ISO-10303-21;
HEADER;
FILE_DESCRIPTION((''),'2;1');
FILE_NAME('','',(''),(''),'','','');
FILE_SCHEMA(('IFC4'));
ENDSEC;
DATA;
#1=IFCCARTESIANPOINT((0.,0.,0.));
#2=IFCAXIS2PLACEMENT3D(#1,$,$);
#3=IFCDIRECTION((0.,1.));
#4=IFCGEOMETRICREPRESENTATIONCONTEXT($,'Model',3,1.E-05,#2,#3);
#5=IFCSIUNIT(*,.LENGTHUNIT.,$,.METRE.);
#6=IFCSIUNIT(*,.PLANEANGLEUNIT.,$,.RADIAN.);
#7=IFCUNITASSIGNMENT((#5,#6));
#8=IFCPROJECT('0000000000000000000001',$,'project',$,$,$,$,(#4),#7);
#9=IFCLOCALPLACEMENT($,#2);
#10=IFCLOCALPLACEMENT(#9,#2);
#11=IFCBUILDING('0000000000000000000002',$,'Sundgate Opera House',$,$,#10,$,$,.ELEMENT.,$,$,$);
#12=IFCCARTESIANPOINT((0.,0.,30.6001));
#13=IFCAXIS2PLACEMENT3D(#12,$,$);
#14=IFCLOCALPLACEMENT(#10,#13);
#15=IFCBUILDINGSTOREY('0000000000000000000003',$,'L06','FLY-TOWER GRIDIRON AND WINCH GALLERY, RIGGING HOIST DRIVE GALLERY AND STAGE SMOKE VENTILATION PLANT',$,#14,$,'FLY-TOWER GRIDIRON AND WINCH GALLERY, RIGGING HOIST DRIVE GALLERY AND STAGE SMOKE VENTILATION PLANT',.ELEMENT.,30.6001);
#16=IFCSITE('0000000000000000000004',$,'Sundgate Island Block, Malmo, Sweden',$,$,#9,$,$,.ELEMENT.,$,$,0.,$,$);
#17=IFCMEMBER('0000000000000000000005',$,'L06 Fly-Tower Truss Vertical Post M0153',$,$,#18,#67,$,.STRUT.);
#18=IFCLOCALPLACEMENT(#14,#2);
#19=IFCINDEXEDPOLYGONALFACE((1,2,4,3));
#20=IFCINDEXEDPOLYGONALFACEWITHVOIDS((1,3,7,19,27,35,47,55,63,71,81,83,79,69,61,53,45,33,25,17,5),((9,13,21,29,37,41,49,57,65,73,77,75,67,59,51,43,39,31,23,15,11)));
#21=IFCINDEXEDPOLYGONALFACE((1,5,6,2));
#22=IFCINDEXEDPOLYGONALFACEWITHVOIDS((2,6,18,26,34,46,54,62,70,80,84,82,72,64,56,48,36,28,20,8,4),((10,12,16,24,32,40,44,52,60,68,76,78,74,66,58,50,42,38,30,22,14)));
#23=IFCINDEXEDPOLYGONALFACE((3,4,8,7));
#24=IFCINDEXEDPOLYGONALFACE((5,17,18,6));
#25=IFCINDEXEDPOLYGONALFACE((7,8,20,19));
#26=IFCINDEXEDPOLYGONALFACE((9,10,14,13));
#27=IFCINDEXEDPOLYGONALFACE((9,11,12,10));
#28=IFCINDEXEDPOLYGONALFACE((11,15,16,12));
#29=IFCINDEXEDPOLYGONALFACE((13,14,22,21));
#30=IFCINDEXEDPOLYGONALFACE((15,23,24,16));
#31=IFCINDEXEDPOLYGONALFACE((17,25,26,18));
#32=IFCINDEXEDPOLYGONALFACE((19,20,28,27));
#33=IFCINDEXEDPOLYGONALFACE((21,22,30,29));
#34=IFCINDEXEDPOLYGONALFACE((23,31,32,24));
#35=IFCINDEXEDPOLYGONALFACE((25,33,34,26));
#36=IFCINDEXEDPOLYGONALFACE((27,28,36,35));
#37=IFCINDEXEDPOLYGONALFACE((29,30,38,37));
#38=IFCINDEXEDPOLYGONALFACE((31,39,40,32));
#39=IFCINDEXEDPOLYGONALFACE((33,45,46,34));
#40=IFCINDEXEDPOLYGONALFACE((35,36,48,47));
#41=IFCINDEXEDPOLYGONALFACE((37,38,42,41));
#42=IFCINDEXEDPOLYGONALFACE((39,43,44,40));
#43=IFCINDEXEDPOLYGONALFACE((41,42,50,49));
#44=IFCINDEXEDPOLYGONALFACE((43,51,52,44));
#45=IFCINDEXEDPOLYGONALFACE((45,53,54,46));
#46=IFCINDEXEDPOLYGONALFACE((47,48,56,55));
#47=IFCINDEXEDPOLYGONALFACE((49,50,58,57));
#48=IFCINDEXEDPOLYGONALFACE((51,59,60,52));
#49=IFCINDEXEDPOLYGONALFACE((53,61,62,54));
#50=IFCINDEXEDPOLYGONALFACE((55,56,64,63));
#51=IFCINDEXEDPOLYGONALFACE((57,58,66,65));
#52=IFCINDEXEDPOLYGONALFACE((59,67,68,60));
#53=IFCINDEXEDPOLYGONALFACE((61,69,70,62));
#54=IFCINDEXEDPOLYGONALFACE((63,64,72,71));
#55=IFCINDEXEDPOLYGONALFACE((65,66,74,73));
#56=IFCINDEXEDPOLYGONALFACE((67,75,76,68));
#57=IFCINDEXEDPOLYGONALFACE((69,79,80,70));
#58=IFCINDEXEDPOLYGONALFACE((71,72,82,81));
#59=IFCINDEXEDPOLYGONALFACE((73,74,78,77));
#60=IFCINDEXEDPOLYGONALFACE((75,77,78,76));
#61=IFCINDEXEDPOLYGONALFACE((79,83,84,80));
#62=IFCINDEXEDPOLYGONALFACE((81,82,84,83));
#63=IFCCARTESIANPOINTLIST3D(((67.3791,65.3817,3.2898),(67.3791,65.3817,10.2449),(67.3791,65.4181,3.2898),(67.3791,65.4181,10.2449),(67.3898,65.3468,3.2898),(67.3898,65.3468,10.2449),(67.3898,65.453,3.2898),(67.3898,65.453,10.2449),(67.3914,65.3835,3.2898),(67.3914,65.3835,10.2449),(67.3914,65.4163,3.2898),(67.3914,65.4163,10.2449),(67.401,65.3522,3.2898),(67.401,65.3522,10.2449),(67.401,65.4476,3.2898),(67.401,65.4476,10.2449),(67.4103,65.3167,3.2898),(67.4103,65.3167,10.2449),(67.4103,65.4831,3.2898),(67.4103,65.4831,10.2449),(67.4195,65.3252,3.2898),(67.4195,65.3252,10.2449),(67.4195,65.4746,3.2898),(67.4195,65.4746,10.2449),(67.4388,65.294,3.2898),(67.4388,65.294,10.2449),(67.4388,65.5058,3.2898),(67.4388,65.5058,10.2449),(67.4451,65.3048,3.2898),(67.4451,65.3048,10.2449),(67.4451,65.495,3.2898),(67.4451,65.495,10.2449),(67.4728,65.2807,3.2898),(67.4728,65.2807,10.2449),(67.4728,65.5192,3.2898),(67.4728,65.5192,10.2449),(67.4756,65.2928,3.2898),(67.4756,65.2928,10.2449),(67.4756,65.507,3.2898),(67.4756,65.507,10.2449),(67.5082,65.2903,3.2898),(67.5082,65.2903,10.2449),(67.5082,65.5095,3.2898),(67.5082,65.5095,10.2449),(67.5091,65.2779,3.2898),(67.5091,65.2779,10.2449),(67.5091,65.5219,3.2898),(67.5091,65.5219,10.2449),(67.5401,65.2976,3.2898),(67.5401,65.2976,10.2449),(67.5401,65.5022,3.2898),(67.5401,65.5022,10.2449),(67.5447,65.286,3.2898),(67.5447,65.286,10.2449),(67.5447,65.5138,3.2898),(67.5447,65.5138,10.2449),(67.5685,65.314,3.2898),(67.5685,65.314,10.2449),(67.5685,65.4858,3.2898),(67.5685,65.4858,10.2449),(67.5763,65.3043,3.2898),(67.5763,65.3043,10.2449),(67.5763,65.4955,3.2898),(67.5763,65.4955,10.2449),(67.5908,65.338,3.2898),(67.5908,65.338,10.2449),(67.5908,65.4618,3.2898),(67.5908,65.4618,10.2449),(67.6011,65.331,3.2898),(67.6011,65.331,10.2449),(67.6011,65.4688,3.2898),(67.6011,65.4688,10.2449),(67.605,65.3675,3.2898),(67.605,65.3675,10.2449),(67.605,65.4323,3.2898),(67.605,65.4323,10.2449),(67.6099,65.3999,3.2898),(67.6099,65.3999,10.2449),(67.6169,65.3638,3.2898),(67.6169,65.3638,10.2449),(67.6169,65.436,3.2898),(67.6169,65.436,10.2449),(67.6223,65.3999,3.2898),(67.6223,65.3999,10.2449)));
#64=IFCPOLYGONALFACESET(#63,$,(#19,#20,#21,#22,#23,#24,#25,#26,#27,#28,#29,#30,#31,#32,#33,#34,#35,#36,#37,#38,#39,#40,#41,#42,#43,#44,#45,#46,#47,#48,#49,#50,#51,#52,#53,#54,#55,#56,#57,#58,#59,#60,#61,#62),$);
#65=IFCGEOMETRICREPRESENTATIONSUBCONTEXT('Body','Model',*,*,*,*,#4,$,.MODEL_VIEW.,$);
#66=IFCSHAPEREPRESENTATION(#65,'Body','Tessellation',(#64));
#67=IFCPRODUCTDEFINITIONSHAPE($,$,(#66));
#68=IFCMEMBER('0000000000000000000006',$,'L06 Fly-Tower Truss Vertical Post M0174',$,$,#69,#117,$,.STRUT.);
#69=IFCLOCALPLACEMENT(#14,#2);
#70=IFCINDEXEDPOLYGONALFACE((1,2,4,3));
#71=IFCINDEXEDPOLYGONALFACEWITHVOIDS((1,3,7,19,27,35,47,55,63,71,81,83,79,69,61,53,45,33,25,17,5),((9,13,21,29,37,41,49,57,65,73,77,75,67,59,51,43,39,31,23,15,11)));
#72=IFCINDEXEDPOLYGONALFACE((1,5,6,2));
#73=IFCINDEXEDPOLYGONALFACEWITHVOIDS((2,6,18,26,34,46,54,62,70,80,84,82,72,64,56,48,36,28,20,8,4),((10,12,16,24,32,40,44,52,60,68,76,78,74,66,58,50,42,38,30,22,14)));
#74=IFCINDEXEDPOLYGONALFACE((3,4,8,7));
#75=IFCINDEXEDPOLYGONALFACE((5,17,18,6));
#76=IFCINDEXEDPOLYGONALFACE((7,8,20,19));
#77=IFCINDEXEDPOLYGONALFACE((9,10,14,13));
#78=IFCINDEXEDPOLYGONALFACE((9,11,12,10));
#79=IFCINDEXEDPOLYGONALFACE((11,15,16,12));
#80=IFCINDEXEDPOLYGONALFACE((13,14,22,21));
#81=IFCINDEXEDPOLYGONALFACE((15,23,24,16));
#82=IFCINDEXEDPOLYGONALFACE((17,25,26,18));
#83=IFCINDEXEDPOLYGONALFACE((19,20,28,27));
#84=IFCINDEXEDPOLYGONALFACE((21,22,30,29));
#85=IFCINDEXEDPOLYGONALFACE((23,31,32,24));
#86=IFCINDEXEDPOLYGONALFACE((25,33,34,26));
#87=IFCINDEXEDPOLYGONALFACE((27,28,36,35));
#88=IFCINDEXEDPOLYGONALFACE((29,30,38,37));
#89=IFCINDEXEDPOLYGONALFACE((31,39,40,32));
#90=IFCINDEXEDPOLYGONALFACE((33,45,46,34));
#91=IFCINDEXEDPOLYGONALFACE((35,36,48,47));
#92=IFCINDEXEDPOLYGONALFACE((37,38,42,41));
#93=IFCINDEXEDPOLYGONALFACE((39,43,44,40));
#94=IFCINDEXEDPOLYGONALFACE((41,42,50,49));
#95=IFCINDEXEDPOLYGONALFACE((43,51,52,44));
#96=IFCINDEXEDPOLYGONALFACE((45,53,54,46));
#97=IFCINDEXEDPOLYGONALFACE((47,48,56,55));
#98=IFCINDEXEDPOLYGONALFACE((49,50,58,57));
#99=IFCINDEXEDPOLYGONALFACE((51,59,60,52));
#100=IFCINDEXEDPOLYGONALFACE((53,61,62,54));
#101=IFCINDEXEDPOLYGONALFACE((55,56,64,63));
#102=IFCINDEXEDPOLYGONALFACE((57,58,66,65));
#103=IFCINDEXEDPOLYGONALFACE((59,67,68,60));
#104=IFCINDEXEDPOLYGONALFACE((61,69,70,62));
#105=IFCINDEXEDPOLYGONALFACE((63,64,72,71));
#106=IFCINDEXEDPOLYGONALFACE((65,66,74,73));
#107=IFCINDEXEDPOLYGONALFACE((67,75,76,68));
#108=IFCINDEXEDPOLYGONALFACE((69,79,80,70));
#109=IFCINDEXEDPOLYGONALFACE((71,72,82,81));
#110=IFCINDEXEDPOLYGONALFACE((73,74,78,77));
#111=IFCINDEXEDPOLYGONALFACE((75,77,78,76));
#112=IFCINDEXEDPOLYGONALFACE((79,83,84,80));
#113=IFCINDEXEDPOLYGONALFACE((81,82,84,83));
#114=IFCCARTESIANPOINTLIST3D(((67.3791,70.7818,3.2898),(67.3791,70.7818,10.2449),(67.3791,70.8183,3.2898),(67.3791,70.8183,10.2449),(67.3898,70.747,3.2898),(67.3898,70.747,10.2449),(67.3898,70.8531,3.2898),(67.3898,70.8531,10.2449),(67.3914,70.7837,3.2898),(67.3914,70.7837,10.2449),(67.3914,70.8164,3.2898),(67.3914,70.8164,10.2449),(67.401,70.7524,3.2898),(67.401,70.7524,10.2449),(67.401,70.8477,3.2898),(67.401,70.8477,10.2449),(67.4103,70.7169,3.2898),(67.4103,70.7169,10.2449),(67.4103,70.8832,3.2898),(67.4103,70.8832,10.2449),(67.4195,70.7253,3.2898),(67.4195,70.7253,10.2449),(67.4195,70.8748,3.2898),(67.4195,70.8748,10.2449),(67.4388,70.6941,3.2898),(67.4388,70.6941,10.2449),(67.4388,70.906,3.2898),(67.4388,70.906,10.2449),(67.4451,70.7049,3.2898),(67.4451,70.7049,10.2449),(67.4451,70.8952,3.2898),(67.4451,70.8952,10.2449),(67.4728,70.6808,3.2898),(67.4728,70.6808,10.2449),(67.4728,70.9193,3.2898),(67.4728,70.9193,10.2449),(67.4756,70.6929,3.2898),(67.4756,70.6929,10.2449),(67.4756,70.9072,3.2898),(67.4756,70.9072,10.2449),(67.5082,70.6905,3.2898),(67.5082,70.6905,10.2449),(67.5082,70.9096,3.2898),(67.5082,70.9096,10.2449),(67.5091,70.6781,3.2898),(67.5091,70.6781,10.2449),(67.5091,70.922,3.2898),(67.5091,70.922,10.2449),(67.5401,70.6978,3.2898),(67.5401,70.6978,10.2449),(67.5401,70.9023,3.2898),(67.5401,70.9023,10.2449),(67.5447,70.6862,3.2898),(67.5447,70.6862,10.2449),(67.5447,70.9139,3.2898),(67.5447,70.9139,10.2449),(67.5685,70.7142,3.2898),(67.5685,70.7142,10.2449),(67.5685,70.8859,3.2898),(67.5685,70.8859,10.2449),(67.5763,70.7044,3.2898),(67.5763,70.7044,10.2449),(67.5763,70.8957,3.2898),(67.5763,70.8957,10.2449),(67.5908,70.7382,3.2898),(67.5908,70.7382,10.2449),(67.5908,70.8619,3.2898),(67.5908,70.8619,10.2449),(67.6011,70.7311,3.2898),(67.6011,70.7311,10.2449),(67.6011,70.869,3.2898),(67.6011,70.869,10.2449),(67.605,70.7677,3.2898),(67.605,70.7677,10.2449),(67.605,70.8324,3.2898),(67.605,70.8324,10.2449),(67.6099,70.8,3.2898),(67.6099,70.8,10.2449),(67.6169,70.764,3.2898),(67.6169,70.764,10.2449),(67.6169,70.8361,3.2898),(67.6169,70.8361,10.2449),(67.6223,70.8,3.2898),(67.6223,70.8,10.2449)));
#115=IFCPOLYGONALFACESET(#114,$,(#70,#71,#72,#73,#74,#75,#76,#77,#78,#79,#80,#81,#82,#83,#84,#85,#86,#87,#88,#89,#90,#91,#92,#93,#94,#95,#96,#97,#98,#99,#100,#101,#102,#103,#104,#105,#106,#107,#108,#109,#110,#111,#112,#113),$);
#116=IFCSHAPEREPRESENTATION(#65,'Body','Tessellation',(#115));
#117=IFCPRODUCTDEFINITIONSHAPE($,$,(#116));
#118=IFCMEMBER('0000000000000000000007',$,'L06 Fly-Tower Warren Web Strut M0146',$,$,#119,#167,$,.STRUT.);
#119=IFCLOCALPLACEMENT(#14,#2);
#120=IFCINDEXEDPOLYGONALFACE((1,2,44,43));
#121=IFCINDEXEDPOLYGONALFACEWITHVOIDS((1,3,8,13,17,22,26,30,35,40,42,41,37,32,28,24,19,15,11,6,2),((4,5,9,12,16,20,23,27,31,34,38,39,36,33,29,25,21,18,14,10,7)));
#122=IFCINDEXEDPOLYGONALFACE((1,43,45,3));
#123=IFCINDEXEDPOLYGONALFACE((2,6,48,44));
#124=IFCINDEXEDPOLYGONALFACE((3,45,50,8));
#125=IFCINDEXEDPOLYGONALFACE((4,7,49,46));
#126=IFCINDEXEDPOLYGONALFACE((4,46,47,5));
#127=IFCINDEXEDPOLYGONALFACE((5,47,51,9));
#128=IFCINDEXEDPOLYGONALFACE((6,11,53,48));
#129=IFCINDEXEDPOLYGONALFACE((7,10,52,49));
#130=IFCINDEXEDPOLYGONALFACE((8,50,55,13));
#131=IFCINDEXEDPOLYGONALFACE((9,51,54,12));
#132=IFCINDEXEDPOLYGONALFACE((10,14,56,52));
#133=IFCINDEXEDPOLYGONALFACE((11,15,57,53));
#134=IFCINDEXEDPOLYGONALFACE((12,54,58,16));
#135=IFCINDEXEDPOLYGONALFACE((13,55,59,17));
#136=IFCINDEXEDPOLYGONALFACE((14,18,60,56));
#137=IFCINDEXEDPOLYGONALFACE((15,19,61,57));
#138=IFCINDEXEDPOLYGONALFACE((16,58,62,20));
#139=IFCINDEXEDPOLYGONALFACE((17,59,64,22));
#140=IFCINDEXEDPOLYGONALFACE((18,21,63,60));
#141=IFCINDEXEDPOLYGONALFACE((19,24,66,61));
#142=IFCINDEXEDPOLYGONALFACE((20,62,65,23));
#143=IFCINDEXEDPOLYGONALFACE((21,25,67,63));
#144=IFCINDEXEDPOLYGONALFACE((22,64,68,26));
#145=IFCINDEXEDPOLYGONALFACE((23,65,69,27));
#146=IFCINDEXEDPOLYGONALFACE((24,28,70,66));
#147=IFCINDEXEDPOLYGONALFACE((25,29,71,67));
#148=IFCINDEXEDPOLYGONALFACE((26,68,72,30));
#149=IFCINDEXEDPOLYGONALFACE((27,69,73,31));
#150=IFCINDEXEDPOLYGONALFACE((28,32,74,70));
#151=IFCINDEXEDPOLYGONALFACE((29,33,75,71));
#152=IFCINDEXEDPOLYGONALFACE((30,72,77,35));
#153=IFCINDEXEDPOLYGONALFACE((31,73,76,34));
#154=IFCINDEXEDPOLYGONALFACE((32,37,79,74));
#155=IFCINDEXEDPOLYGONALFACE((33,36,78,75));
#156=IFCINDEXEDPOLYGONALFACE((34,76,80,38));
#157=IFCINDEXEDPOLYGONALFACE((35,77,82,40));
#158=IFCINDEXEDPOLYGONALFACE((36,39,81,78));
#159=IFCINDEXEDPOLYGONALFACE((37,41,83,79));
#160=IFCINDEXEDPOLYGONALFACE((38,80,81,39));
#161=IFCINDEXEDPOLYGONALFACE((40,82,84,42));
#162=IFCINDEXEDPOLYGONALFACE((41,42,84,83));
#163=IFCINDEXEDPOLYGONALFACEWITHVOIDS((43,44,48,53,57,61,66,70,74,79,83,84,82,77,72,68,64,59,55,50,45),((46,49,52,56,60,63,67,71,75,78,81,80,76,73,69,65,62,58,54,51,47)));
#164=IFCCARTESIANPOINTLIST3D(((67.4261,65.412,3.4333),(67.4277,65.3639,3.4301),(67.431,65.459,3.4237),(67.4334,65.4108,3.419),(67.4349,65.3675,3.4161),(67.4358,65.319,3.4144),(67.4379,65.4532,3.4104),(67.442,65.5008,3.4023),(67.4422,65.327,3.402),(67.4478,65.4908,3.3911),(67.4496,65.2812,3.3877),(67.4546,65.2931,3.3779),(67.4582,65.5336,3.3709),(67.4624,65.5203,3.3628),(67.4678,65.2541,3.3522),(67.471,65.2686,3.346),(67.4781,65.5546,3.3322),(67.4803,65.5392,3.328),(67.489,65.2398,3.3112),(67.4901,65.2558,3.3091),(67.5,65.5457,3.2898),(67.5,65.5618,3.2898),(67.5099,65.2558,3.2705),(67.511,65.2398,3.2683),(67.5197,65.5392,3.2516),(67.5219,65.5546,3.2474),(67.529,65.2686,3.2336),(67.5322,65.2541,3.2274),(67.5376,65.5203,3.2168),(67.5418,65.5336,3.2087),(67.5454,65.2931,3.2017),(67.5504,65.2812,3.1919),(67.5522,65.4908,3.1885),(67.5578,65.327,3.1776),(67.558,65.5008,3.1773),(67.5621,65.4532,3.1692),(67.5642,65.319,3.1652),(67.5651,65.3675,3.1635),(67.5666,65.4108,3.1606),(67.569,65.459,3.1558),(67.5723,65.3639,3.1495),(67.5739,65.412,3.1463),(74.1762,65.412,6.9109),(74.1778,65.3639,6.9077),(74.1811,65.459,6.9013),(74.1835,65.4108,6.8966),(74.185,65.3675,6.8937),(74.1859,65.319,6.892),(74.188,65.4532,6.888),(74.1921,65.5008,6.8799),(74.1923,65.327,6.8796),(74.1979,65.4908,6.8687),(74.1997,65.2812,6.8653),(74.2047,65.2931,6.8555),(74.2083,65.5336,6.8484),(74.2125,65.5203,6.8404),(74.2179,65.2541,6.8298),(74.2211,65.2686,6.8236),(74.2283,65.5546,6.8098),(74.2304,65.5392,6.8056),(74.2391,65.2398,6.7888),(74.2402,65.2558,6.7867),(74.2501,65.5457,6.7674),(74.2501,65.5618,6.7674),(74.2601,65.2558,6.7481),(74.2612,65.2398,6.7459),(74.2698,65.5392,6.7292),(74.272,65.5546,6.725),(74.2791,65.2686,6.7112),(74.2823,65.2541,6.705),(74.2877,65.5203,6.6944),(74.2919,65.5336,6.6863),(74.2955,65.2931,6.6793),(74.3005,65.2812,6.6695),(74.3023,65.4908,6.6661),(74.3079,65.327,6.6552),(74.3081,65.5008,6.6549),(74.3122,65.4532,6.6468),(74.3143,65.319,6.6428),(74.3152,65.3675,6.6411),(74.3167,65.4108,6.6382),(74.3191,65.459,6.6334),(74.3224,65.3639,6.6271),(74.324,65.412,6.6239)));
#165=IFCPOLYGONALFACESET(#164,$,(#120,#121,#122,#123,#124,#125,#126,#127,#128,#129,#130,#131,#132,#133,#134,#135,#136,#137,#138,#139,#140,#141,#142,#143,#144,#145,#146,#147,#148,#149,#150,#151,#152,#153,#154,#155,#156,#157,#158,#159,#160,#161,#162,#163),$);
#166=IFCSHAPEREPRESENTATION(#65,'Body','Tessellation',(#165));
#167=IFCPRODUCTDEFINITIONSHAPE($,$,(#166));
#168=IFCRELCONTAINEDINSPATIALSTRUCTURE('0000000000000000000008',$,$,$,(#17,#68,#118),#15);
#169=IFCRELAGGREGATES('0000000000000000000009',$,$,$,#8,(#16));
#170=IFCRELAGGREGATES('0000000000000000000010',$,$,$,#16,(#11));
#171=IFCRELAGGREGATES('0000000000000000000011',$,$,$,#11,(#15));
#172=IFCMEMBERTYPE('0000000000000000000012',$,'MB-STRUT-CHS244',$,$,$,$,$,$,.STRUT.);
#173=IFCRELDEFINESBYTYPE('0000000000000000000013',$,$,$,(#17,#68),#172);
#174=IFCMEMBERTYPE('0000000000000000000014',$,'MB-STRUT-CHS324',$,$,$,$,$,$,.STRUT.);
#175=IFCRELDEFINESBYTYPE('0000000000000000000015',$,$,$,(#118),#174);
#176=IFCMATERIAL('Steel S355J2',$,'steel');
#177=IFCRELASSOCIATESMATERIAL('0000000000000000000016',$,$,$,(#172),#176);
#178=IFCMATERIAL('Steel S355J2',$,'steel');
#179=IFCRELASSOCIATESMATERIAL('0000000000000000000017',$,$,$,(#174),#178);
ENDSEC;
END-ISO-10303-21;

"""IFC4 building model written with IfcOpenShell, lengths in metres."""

from ifc_helpers import new_model, si_unit, direction, frame, origin, origin_2d, place, context, subcontext, project, spatial, hollow_circle, extrude, material, material_profile, profile_set, type_object, element, save


model = new_model("IFC4")

# Units and contexts
model_context = context("Model", 3, precision=1e-05, world=origin(), true_north=direction((0.0, 1.0)))
body_context = subcontext(model_context, "Body", "Model", "MODEL_VIEW")
ifc_project = project(units=[si_unit("LENGTHUNIT", "METRE"), si_unit("PLANEANGLEUNIT", "RADIAN")], contexts=[model_context])

# Site, building, storey
site_placement = place(None, origin())
site = spatial("IfcSite", under=ifc_project, at=site_placement, Name="Sundgate Island Block, Malmo, Sweden", CompositionType="ELEMENT", RefElevation=0.0)
building_placement = place(site_placement, origin())
building = spatial("IfcBuilding", under=site, at=building_placement, Name="Sundgate Opera House", CompositionType="ELEMENT")
storey_placement = place(building_placement, frame((0.0, 0.0, 30.6001)))
storey = spatial("IfcBuildingStorey", under=building, at=storey_placement, Name="L06", Description="FLY-TOWER GRIDIRON AND WINCH GALLERY, RIGGING HOIST DRIVE GALLERY AND STAGE SMOKE VENTILATION PLANT", LongName="FLY-TOWER GRIDIRON AND WINCH GALLERY, RIGGING HOIST DRIVE GALLERY AND STAGE SMOKE VENTILATION PLANT", CompositionType="ELEMENT", Elevation=30.6001)

# Members
ifc_material_1 = material(Name="Steel S355J2", Category="steel")
ifc_material_profile_1 = material_profile(ifc_material_1, hollow_circle(Radius=0.1223, WallThickness=0.0125, at=origin_2d()), Name="CHS 244.5x12.5")
ifc_profile_set_1 = profile_set([ifc_material_profile_1], Name="Steel S355J2")
member_type_1 = type_object("IfcMemberType", Name="MB-STRUT-CHS244", PredefinedType="STRUT", material=ifc_profile_set_1)
for number, where, z_axis, x_axis, name in (
    (1, (67.5, 65.3999, 3.2898), (0.0, 0.0, 1.0), (1.0, 0.0, 0.0), "L06 Fly-Tower Truss Vertical Post M0153"),
    (2, (67.5, 70.8, 3.2898), (0.0, 0.0, 1.0), (1.0, 0.0, 0.0), "L06 Fly-Tower Truss Vertical Post M0174"),
):
    element("IfcMember", number, at=place(storey_placement, frame(where, z_axis=z_axis, x_axis=x_axis)), inside=storey, type_object=member_type_1, Name=name, PredefinedType="STRUT", context=body_context, shape_type="SweptSolid", body=[
        extrude(hollow_circle(Radius=0.1223, WallThickness=0.0125, at=origin_2d()), origin(), (0.0, 0.0, 1.0), 6.9551),
    ])
ifc_material_2 = material(Name="Steel S355J2", Category="steel")
ifc_material_profile_2 = material_profile(ifc_material_2, hollow_circle(Radius=0.1619, WallThickness=0.0161, at=origin_2d()), Name="CHS 323.9x16.0")
ifc_profile_set_2 = profile_set([ifc_material_profile_2], Name="Steel S355J2")
member_type_2 = type_object("IfcMemberType", Name="MB-STRUT-CHS324", PredefinedType="STRUT", material=ifc_profile_set_2)
for number, where, z_axis, x_axis, name in (
    (3, (67.5, 65.3999, 3.2898), (0.88896, 0.0, 0.457984), (0.0, 1.0, 0.0), "L06 Fly-Tower Warren Web Strut M0146"),
):
    element("IfcMember", number, at=place(storey_placement, frame(where, z_axis=z_axis, x_axis=x_axis)), inside=storey, type_object=member_type_2, Name=name, PredefinedType="STRUT", context=body_context, shape_type="SweptSolid", body=[
        extrude(hollow_circle(Radius=0.1619, WallThickness=0.0161, at=origin_2d()), origin(), (0.0, 0.0, 1.0), 7.5933),
    ])

save(model, "model.ifc")
